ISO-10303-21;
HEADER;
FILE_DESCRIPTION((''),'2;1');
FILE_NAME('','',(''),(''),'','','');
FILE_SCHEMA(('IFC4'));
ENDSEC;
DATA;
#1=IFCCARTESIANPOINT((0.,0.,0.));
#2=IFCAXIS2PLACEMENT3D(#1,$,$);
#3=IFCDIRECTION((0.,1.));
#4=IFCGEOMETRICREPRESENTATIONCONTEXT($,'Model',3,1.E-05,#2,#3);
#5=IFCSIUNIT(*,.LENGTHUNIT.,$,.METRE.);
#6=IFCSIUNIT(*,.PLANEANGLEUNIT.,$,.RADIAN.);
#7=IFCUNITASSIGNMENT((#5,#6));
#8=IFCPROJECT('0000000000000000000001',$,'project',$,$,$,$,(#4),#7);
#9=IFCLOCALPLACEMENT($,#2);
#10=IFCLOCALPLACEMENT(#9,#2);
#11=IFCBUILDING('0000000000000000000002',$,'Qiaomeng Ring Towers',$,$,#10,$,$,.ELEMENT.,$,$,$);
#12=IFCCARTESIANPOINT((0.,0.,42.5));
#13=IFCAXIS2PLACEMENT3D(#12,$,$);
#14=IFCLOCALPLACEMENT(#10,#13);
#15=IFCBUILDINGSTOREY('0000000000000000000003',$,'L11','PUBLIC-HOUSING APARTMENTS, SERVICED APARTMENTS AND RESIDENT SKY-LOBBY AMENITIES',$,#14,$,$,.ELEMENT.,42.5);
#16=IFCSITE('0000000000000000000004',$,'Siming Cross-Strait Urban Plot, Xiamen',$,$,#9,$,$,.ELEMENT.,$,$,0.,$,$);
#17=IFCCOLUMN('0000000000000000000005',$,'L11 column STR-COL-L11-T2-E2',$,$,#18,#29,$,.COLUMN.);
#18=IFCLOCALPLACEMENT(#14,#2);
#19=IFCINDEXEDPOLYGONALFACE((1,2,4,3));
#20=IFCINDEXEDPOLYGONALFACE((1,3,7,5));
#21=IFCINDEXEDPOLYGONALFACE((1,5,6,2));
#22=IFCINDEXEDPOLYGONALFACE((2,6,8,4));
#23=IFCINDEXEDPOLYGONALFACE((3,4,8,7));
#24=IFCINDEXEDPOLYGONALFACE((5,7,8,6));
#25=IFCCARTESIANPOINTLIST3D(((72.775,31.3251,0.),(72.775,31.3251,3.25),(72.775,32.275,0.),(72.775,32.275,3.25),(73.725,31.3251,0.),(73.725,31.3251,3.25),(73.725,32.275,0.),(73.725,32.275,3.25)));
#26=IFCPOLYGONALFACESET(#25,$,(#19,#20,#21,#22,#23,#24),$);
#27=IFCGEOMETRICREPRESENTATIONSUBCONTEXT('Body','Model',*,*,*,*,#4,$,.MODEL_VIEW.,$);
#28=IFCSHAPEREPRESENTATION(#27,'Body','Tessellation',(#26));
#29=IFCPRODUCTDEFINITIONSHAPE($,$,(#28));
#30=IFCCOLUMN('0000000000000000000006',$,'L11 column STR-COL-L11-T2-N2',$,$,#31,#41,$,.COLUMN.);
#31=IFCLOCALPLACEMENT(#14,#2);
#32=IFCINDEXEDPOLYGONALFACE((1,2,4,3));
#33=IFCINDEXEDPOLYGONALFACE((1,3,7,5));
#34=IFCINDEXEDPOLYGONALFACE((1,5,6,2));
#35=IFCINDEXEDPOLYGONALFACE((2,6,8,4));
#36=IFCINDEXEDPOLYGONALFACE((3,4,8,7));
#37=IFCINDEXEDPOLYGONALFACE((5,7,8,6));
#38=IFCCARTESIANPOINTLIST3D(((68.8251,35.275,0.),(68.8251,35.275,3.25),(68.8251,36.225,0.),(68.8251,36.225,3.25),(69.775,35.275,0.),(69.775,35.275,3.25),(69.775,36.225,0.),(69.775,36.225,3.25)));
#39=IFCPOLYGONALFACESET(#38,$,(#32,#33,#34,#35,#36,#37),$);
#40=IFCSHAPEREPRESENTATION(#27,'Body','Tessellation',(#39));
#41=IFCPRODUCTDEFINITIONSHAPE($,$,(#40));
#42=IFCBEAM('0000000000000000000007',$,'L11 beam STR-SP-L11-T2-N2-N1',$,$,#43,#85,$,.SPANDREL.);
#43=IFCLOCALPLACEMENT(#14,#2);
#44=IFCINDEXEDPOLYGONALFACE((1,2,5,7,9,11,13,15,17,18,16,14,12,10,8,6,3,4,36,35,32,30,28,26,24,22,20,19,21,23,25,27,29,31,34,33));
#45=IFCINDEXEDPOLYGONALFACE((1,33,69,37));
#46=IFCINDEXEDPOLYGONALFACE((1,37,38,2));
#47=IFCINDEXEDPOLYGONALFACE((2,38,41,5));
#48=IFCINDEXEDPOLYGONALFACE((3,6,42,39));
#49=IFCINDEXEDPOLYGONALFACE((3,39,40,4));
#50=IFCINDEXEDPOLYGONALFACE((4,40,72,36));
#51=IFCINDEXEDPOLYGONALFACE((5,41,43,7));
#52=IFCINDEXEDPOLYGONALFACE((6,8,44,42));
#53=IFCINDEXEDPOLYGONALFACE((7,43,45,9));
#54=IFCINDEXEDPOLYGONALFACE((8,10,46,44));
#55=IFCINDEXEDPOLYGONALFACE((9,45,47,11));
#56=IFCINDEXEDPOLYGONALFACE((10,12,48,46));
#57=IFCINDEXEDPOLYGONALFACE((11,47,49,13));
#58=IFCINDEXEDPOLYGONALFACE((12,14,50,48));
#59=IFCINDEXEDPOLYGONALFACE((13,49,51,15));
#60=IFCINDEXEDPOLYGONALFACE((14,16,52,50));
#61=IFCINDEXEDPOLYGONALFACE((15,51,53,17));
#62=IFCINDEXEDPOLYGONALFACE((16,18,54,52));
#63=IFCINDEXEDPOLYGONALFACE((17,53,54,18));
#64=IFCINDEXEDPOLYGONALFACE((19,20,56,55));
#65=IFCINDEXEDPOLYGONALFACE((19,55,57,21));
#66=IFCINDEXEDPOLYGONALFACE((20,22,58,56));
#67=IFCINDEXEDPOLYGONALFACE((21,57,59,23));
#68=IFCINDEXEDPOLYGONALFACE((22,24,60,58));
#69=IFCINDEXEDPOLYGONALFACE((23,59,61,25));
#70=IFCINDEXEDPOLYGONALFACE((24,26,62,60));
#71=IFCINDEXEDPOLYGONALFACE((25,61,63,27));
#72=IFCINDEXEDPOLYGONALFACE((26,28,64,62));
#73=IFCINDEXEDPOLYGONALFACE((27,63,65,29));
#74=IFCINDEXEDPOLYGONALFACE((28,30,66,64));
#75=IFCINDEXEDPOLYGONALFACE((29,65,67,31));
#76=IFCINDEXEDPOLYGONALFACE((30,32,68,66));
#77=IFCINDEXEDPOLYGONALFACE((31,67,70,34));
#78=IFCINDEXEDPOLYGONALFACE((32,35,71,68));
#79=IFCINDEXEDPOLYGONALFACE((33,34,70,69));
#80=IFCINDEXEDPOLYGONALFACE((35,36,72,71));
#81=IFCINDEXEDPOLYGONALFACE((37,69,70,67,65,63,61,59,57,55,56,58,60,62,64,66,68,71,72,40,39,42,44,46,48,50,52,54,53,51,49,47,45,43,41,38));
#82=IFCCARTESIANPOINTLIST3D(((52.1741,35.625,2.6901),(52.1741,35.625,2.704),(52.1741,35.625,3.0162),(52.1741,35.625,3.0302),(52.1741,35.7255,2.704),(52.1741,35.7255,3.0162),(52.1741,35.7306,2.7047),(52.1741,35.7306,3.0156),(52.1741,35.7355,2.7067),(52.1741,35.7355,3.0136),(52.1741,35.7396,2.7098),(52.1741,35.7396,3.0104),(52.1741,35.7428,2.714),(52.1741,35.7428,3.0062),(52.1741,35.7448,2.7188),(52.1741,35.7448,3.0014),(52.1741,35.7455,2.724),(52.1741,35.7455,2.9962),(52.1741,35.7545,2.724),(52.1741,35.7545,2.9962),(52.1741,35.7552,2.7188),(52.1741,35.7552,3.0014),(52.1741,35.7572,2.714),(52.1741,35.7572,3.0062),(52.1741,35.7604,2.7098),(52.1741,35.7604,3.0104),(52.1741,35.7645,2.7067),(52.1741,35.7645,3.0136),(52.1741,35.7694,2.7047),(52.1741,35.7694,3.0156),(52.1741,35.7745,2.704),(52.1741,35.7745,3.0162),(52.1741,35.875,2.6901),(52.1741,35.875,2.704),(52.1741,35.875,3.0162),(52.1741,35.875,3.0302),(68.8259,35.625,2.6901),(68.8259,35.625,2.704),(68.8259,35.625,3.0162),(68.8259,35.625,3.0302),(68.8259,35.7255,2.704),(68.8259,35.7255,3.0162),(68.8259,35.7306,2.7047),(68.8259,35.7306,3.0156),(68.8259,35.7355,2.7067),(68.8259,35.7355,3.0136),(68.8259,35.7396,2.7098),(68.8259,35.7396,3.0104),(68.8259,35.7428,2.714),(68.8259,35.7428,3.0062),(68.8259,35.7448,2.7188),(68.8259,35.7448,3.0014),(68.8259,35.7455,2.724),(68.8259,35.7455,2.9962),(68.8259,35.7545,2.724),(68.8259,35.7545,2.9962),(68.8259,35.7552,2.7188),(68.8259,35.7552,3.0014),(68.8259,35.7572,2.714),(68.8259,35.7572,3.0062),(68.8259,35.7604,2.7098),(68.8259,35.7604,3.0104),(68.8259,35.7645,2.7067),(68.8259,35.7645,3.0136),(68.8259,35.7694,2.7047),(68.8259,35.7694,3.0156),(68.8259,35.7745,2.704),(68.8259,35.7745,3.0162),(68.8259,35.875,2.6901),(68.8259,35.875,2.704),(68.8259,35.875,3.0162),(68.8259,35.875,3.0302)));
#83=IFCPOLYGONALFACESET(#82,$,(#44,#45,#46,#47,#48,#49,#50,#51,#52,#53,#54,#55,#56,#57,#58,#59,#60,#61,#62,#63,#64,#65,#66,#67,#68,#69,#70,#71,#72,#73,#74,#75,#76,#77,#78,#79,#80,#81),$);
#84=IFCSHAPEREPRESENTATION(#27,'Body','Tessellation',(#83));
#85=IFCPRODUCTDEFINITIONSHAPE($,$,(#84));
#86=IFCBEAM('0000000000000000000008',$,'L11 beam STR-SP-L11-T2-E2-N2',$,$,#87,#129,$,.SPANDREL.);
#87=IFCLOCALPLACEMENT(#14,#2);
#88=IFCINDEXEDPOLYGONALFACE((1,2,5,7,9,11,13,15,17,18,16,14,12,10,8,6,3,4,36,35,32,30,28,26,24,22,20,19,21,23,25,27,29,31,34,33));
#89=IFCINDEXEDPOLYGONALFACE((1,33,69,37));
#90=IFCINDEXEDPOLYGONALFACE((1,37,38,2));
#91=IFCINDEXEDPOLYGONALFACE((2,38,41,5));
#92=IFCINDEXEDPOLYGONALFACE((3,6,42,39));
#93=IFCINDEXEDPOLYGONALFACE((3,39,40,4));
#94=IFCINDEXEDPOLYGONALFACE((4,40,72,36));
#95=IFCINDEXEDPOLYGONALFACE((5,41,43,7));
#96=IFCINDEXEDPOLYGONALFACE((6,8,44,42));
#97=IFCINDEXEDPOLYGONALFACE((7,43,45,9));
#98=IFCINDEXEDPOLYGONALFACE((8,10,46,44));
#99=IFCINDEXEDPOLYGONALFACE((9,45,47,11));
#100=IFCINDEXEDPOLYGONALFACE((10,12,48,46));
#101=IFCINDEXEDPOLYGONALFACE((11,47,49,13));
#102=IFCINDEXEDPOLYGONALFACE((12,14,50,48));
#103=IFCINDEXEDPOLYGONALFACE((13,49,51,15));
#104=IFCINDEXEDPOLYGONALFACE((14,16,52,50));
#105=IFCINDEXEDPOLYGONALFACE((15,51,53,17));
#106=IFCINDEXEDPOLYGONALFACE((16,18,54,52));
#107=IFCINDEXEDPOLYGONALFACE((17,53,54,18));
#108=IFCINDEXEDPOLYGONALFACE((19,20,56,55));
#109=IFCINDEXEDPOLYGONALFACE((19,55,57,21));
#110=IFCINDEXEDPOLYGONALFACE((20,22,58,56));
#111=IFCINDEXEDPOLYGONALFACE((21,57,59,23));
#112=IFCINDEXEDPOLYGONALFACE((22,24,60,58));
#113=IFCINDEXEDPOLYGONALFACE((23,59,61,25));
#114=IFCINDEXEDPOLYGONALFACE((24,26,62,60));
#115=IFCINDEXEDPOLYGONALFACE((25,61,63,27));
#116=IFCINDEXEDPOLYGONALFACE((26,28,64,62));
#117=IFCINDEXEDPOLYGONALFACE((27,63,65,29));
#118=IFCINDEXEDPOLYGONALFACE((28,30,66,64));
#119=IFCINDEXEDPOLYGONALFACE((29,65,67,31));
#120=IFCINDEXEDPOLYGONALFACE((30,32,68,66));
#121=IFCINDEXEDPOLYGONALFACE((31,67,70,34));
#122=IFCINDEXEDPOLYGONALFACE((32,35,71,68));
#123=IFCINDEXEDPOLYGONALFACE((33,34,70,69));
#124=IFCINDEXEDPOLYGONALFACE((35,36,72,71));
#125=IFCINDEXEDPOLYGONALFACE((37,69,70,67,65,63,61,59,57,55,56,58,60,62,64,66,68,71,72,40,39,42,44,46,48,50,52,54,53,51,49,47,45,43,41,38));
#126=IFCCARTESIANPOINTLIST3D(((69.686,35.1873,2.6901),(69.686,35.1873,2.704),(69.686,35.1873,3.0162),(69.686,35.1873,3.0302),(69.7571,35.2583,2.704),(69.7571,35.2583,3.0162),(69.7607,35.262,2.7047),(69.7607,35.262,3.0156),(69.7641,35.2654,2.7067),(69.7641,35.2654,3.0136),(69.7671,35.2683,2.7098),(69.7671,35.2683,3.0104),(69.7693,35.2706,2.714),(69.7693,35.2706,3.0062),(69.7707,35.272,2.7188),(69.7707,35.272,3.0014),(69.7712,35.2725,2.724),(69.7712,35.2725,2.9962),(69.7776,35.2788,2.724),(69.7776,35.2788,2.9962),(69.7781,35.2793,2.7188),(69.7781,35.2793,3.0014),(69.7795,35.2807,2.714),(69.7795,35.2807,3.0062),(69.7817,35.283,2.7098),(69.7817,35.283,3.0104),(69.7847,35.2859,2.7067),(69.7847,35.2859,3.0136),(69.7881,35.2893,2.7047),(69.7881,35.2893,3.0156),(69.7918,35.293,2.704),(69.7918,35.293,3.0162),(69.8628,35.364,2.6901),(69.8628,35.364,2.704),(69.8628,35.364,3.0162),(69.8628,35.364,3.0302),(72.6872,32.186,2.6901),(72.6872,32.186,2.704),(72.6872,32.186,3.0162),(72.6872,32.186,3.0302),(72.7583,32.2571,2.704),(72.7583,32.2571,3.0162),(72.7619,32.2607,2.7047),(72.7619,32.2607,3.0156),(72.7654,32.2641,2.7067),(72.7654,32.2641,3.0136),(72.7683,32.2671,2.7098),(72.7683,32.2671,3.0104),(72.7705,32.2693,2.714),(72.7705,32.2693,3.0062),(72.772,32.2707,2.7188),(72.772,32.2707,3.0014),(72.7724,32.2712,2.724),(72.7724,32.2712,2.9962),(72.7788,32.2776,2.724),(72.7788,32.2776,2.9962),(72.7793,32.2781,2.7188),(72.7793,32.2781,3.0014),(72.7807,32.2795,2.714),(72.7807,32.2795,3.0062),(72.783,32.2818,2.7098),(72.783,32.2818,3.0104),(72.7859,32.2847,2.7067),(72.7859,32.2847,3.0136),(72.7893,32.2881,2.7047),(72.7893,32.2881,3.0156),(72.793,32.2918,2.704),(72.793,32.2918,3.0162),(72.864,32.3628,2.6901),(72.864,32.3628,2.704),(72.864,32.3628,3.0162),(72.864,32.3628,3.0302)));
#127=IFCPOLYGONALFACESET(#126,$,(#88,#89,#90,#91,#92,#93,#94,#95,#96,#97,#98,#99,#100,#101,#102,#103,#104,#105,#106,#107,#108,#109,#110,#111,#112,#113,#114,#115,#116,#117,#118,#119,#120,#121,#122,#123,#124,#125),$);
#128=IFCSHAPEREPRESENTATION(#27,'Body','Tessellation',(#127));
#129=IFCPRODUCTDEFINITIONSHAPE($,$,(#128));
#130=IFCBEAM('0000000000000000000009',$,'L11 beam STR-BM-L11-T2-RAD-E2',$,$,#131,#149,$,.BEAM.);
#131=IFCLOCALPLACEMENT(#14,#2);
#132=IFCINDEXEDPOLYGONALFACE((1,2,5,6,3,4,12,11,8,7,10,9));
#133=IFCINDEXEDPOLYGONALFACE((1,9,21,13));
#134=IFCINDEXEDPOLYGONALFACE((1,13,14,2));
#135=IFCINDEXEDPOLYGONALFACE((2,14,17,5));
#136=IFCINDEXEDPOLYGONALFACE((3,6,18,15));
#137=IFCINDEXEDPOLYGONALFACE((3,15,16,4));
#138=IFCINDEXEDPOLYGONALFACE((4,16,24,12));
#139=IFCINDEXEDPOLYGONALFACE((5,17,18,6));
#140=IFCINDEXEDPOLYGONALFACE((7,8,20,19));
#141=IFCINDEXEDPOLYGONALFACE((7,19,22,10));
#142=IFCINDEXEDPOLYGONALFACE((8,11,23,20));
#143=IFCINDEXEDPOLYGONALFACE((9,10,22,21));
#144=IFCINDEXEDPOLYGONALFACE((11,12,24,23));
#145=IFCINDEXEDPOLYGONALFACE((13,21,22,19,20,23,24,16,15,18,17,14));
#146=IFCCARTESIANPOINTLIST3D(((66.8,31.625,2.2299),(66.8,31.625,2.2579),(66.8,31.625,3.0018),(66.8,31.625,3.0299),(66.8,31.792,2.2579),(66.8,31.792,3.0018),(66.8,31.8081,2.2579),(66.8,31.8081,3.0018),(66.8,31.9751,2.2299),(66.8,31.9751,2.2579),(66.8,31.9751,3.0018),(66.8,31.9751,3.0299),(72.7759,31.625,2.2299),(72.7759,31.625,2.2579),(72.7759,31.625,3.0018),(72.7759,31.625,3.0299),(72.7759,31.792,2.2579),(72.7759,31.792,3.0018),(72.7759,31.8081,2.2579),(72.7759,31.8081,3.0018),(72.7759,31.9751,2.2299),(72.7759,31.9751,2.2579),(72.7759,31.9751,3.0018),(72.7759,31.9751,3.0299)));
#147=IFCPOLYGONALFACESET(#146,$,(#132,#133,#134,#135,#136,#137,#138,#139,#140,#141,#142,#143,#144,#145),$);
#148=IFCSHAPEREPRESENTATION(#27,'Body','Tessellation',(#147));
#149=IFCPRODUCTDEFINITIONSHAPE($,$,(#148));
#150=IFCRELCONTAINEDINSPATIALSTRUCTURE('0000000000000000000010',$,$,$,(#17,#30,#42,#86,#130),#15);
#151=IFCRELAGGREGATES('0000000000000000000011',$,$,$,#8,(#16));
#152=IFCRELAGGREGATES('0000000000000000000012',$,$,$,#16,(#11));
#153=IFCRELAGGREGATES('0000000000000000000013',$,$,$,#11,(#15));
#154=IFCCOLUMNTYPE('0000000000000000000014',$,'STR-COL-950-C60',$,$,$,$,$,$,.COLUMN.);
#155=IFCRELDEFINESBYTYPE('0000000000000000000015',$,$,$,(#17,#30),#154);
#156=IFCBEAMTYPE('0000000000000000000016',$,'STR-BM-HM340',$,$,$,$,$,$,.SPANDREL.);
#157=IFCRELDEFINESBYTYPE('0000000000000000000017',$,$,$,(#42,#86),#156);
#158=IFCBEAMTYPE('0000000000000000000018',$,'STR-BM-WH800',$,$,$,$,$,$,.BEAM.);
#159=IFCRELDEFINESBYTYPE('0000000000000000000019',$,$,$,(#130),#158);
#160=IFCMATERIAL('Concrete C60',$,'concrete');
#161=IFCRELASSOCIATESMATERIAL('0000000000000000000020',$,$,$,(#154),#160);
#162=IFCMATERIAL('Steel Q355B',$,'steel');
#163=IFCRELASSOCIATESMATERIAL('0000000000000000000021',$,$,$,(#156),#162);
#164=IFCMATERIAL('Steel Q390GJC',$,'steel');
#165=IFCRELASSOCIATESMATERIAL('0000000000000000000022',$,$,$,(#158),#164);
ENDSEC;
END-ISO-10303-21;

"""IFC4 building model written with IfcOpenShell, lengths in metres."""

from ifc_helpers import new_model, si_unit, direction, frame, origin, origin_2d, place, context, subcontext, project, spatial, rectangle, i_section, extrude, source, transform, mapped, material, material_profile, profile_set, type_object, element, save


model = new_model("IFC4")

# Units and contexts
model_context = context("Model", 3, precision=1e-05, world=origin(), true_north=direction((0.0, 1.0)))
body_context = subcontext(model_context, "Body", "Model", "MODEL_VIEW")
ifc_project = project(units=[si_unit("LENGTHUNIT", "METRE"), si_unit("PLANEANGLEUNIT", "RADIAN")], contexts=[model_context])

# Site, building, storey
site_placement = place(None, origin())
site = spatial("IfcSite", under=ifc_project, at=site_placement, Name="Siming Cross-Strait Urban Plot, Xiamen", CompositionType="ELEMENT", RefElevation=0.0)
building_placement = place(site_placement, origin())
building = spatial("IfcBuilding", under=site, at=building_placement, Name="Qiaomeng Ring Towers", CompositionType="ELEMENT")
storey_placement = place(building_placement, frame((0.0, 0.0, 42.5)))
storey = spatial("IfcBuildingStorey", under=building, at=storey_placement, Name="L11", Description="PUBLIC-HOUSING APARTMENTS, SERVICED APARTMENTS AND RESIDENT SKY-LOBBY AMENITIES", CompositionType="ELEMENT", Elevation=42.5)

# Columns
ifc_material_1 = material(Name="Concrete C60", Category="concrete")
ifc_material_profile_1 = material_profile(ifc_material_1, rectangle(XDim=0.95, YDim=0.95, at=origin_2d()), Name="RC COL 950x950")
ifc_profile_set_1 = profile_set([ifc_material_profile_1], Name="Concrete C60")
column_type = type_object("IfcColumnType", Name="STR-COL-950-C60", PredefinedType="COLUMN", material=ifc_profile_set_1)
shared_shape_1 = source(origin(), body_context, "Body", "SweptSolid", [
    extrude(rectangle(XDim=0.95, YDim=0.95, at=origin_2d()), origin(), (0.0, 0.0, 1.0), 3.25),
])
for number, where, z_axis, x_axis, name in (
    (1, (73.25, 31.8, 0.0), (0.0, 0.0, 1.0), (1.0, 0.0, 0.0), "L11 column STR-COL-L11-T2-E2"),
    (2, (69.3, 35.75, 0.0), (0.0, 0.0, 1.0), (1.0, 0.0, 0.0), "L11 column STR-COL-L11-T2-N2"),
):
    element("IfcColumn", number, at=place(storey_placement, frame(where, z_axis=z_axis, x_axis=x_axis)), inside=storey, type_object=column_type, Name=name, PredefinedType="COLUMN", context=body_context, shape_type="MappedRepresentation", body=[
        mapped(shared_shape_1, transform((0.0, 0.0, 0.0), x_axis=(1.0, 0.0, 0.0), y_axis=(0.0, 1.0, 0.0), z_axis=(0.0, 0.0, 1.0), scale=1.0)),
    ])

# Beams
ifc_material_2 = material(Name="Steel Q355B", Category="steel")
ifc_material_profile_2 = material_profile(ifc_material_2, i_section(OverallWidth=0.25, OverallDepth=0.3401, WebThickness=0.009, FlangeThickness=0.0139, FilletRadius=0.02, at=origin_2d()), Name="HM 340x250x9x14")
ifc_profile_set_2 = profile_set([ifc_material_profile_2], Name="Steel Q355B")
beam_type_1 = type_object("IfcBeamType", Name="STR-BM-HM340", PredefinedType="SPANDREL", material=ifc_profile_set_2)
shared_shape_2 = source(origin(), body_context, "Body", "SweptSolid", [
    extrude(i_section(OverallWidth=0.25, OverallDepth=0.3401, WebThickness=0.009, FlangeThickness=0.0139, FilletRadius=0.02, at=origin_2d()), origin(), (0.0, 0.0, 1.0), 16.6519),
])
beam_1_placement = place(storey_placement, frame((68.8259, 35.75, 2.8601), z_axis=(-1.0, 0.0, 0.0), x_axis=(0.0, -1.0, 0.0)))
element("IfcBeam", 3, at=beam_1_placement, inside=storey, type_object=beam_type_1, Name="L11 beam STR-SP-L11-T2-N2-N1", PredefinedType="SPANDREL", context=body_context, shape_type="MappedRepresentation", body=[
    mapped(shared_shape_2, transform((0.0, 0.0, 0.0), x_axis=(1.0, 0.0, 0.0), y_axis=(0.0, 1.0, 0.0), z_axis=(0.0, 0.0, 1.0), scale=1.0)),
])
shared_shape_3 = source(origin(), body_context, "Body", "SweptSolid", [
    extrude(i_section(OverallWidth=0.25, OverallDepth=0.3401, WebThickness=0.009, FlangeThickness=0.0139, FilletRadius=0.02, at=origin_2d()), origin(), (0.0, 0.0, 1.0), 4.2444),
])
beam_2_placement = place(storey_placement, frame((72.7756, 32.2744, 2.8601), z_axis=(-0.707107, 0.707107, 0.0), x_axis=(-0.707107, -0.707107, 0.0)))
element("IfcBeam", 4, at=beam_2_placement, inside=storey, type_object=beam_type_1, Name="L11 beam STR-SP-L11-T2-E2-N2", PredefinedType="SPANDREL", context=body_context, shape_type="MappedRepresentation", body=[
    mapped(shared_shape_3, transform((0.0, 0.0, 0.0), x_axis=(1.0, 0.0, 0.0), y_axis=(0.0, 1.0, 0.0), z_axis=(0.0, 0.0, 1.0), scale=1.0)),
])
ifc_material_3 = material(Name="Steel Q390GJC", Category="steel")
ifc_material_profile_3 = material_profile(ifc_material_3, i_section(OverallWidth=0.3501, OverallDepth=0.8, WebThickness=0.0161, FlangeThickness=0.0281, at=origin_2d()), Name="WH 800x350x16x28")
ifc_profile_set_3 = profile_set([ifc_material_profile_3], Name="Steel Q390GJC")
beam_type_2 = type_object("IfcBeamType", Name="STR-BM-WH800", PredefinedType="BEAM", material=ifc_profile_set_3)
shared_shape_4 = source(origin(), body_context, "Body", "SweptSolid", [
    extrude(i_section(OverallWidth=0.3501, OverallDepth=0.8, WebThickness=0.0161, FlangeThickness=0.0281, at=origin_2d()), origin(), (0.0, 0.0, 1.0), 5.9758),
])
beam_3_placement = place(storey_placement, frame((66.8, 31.8, 2.6299), z_axis=(1.0, 0.0, 0.0), x_axis=(0.0, 1.0, 0.0)))
element("IfcBeam", 5, at=beam_3_placement, inside=storey, type_object=beam_type_2, Name="L11 beam STR-BM-L11-T2-RAD-E2", PredefinedType="BEAM", context=body_context, shape_type="MappedRepresentation", body=[
    mapped(shared_shape_4, transform((0.0, 0.0, 0.0), x_axis=(1.0, 0.0, 0.0), y_axis=(0.0, 1.0, 0.0), z_axis=(0.0, 0.0, 1.0), scale=1.0)),
])

save(model, "model.ifc")
